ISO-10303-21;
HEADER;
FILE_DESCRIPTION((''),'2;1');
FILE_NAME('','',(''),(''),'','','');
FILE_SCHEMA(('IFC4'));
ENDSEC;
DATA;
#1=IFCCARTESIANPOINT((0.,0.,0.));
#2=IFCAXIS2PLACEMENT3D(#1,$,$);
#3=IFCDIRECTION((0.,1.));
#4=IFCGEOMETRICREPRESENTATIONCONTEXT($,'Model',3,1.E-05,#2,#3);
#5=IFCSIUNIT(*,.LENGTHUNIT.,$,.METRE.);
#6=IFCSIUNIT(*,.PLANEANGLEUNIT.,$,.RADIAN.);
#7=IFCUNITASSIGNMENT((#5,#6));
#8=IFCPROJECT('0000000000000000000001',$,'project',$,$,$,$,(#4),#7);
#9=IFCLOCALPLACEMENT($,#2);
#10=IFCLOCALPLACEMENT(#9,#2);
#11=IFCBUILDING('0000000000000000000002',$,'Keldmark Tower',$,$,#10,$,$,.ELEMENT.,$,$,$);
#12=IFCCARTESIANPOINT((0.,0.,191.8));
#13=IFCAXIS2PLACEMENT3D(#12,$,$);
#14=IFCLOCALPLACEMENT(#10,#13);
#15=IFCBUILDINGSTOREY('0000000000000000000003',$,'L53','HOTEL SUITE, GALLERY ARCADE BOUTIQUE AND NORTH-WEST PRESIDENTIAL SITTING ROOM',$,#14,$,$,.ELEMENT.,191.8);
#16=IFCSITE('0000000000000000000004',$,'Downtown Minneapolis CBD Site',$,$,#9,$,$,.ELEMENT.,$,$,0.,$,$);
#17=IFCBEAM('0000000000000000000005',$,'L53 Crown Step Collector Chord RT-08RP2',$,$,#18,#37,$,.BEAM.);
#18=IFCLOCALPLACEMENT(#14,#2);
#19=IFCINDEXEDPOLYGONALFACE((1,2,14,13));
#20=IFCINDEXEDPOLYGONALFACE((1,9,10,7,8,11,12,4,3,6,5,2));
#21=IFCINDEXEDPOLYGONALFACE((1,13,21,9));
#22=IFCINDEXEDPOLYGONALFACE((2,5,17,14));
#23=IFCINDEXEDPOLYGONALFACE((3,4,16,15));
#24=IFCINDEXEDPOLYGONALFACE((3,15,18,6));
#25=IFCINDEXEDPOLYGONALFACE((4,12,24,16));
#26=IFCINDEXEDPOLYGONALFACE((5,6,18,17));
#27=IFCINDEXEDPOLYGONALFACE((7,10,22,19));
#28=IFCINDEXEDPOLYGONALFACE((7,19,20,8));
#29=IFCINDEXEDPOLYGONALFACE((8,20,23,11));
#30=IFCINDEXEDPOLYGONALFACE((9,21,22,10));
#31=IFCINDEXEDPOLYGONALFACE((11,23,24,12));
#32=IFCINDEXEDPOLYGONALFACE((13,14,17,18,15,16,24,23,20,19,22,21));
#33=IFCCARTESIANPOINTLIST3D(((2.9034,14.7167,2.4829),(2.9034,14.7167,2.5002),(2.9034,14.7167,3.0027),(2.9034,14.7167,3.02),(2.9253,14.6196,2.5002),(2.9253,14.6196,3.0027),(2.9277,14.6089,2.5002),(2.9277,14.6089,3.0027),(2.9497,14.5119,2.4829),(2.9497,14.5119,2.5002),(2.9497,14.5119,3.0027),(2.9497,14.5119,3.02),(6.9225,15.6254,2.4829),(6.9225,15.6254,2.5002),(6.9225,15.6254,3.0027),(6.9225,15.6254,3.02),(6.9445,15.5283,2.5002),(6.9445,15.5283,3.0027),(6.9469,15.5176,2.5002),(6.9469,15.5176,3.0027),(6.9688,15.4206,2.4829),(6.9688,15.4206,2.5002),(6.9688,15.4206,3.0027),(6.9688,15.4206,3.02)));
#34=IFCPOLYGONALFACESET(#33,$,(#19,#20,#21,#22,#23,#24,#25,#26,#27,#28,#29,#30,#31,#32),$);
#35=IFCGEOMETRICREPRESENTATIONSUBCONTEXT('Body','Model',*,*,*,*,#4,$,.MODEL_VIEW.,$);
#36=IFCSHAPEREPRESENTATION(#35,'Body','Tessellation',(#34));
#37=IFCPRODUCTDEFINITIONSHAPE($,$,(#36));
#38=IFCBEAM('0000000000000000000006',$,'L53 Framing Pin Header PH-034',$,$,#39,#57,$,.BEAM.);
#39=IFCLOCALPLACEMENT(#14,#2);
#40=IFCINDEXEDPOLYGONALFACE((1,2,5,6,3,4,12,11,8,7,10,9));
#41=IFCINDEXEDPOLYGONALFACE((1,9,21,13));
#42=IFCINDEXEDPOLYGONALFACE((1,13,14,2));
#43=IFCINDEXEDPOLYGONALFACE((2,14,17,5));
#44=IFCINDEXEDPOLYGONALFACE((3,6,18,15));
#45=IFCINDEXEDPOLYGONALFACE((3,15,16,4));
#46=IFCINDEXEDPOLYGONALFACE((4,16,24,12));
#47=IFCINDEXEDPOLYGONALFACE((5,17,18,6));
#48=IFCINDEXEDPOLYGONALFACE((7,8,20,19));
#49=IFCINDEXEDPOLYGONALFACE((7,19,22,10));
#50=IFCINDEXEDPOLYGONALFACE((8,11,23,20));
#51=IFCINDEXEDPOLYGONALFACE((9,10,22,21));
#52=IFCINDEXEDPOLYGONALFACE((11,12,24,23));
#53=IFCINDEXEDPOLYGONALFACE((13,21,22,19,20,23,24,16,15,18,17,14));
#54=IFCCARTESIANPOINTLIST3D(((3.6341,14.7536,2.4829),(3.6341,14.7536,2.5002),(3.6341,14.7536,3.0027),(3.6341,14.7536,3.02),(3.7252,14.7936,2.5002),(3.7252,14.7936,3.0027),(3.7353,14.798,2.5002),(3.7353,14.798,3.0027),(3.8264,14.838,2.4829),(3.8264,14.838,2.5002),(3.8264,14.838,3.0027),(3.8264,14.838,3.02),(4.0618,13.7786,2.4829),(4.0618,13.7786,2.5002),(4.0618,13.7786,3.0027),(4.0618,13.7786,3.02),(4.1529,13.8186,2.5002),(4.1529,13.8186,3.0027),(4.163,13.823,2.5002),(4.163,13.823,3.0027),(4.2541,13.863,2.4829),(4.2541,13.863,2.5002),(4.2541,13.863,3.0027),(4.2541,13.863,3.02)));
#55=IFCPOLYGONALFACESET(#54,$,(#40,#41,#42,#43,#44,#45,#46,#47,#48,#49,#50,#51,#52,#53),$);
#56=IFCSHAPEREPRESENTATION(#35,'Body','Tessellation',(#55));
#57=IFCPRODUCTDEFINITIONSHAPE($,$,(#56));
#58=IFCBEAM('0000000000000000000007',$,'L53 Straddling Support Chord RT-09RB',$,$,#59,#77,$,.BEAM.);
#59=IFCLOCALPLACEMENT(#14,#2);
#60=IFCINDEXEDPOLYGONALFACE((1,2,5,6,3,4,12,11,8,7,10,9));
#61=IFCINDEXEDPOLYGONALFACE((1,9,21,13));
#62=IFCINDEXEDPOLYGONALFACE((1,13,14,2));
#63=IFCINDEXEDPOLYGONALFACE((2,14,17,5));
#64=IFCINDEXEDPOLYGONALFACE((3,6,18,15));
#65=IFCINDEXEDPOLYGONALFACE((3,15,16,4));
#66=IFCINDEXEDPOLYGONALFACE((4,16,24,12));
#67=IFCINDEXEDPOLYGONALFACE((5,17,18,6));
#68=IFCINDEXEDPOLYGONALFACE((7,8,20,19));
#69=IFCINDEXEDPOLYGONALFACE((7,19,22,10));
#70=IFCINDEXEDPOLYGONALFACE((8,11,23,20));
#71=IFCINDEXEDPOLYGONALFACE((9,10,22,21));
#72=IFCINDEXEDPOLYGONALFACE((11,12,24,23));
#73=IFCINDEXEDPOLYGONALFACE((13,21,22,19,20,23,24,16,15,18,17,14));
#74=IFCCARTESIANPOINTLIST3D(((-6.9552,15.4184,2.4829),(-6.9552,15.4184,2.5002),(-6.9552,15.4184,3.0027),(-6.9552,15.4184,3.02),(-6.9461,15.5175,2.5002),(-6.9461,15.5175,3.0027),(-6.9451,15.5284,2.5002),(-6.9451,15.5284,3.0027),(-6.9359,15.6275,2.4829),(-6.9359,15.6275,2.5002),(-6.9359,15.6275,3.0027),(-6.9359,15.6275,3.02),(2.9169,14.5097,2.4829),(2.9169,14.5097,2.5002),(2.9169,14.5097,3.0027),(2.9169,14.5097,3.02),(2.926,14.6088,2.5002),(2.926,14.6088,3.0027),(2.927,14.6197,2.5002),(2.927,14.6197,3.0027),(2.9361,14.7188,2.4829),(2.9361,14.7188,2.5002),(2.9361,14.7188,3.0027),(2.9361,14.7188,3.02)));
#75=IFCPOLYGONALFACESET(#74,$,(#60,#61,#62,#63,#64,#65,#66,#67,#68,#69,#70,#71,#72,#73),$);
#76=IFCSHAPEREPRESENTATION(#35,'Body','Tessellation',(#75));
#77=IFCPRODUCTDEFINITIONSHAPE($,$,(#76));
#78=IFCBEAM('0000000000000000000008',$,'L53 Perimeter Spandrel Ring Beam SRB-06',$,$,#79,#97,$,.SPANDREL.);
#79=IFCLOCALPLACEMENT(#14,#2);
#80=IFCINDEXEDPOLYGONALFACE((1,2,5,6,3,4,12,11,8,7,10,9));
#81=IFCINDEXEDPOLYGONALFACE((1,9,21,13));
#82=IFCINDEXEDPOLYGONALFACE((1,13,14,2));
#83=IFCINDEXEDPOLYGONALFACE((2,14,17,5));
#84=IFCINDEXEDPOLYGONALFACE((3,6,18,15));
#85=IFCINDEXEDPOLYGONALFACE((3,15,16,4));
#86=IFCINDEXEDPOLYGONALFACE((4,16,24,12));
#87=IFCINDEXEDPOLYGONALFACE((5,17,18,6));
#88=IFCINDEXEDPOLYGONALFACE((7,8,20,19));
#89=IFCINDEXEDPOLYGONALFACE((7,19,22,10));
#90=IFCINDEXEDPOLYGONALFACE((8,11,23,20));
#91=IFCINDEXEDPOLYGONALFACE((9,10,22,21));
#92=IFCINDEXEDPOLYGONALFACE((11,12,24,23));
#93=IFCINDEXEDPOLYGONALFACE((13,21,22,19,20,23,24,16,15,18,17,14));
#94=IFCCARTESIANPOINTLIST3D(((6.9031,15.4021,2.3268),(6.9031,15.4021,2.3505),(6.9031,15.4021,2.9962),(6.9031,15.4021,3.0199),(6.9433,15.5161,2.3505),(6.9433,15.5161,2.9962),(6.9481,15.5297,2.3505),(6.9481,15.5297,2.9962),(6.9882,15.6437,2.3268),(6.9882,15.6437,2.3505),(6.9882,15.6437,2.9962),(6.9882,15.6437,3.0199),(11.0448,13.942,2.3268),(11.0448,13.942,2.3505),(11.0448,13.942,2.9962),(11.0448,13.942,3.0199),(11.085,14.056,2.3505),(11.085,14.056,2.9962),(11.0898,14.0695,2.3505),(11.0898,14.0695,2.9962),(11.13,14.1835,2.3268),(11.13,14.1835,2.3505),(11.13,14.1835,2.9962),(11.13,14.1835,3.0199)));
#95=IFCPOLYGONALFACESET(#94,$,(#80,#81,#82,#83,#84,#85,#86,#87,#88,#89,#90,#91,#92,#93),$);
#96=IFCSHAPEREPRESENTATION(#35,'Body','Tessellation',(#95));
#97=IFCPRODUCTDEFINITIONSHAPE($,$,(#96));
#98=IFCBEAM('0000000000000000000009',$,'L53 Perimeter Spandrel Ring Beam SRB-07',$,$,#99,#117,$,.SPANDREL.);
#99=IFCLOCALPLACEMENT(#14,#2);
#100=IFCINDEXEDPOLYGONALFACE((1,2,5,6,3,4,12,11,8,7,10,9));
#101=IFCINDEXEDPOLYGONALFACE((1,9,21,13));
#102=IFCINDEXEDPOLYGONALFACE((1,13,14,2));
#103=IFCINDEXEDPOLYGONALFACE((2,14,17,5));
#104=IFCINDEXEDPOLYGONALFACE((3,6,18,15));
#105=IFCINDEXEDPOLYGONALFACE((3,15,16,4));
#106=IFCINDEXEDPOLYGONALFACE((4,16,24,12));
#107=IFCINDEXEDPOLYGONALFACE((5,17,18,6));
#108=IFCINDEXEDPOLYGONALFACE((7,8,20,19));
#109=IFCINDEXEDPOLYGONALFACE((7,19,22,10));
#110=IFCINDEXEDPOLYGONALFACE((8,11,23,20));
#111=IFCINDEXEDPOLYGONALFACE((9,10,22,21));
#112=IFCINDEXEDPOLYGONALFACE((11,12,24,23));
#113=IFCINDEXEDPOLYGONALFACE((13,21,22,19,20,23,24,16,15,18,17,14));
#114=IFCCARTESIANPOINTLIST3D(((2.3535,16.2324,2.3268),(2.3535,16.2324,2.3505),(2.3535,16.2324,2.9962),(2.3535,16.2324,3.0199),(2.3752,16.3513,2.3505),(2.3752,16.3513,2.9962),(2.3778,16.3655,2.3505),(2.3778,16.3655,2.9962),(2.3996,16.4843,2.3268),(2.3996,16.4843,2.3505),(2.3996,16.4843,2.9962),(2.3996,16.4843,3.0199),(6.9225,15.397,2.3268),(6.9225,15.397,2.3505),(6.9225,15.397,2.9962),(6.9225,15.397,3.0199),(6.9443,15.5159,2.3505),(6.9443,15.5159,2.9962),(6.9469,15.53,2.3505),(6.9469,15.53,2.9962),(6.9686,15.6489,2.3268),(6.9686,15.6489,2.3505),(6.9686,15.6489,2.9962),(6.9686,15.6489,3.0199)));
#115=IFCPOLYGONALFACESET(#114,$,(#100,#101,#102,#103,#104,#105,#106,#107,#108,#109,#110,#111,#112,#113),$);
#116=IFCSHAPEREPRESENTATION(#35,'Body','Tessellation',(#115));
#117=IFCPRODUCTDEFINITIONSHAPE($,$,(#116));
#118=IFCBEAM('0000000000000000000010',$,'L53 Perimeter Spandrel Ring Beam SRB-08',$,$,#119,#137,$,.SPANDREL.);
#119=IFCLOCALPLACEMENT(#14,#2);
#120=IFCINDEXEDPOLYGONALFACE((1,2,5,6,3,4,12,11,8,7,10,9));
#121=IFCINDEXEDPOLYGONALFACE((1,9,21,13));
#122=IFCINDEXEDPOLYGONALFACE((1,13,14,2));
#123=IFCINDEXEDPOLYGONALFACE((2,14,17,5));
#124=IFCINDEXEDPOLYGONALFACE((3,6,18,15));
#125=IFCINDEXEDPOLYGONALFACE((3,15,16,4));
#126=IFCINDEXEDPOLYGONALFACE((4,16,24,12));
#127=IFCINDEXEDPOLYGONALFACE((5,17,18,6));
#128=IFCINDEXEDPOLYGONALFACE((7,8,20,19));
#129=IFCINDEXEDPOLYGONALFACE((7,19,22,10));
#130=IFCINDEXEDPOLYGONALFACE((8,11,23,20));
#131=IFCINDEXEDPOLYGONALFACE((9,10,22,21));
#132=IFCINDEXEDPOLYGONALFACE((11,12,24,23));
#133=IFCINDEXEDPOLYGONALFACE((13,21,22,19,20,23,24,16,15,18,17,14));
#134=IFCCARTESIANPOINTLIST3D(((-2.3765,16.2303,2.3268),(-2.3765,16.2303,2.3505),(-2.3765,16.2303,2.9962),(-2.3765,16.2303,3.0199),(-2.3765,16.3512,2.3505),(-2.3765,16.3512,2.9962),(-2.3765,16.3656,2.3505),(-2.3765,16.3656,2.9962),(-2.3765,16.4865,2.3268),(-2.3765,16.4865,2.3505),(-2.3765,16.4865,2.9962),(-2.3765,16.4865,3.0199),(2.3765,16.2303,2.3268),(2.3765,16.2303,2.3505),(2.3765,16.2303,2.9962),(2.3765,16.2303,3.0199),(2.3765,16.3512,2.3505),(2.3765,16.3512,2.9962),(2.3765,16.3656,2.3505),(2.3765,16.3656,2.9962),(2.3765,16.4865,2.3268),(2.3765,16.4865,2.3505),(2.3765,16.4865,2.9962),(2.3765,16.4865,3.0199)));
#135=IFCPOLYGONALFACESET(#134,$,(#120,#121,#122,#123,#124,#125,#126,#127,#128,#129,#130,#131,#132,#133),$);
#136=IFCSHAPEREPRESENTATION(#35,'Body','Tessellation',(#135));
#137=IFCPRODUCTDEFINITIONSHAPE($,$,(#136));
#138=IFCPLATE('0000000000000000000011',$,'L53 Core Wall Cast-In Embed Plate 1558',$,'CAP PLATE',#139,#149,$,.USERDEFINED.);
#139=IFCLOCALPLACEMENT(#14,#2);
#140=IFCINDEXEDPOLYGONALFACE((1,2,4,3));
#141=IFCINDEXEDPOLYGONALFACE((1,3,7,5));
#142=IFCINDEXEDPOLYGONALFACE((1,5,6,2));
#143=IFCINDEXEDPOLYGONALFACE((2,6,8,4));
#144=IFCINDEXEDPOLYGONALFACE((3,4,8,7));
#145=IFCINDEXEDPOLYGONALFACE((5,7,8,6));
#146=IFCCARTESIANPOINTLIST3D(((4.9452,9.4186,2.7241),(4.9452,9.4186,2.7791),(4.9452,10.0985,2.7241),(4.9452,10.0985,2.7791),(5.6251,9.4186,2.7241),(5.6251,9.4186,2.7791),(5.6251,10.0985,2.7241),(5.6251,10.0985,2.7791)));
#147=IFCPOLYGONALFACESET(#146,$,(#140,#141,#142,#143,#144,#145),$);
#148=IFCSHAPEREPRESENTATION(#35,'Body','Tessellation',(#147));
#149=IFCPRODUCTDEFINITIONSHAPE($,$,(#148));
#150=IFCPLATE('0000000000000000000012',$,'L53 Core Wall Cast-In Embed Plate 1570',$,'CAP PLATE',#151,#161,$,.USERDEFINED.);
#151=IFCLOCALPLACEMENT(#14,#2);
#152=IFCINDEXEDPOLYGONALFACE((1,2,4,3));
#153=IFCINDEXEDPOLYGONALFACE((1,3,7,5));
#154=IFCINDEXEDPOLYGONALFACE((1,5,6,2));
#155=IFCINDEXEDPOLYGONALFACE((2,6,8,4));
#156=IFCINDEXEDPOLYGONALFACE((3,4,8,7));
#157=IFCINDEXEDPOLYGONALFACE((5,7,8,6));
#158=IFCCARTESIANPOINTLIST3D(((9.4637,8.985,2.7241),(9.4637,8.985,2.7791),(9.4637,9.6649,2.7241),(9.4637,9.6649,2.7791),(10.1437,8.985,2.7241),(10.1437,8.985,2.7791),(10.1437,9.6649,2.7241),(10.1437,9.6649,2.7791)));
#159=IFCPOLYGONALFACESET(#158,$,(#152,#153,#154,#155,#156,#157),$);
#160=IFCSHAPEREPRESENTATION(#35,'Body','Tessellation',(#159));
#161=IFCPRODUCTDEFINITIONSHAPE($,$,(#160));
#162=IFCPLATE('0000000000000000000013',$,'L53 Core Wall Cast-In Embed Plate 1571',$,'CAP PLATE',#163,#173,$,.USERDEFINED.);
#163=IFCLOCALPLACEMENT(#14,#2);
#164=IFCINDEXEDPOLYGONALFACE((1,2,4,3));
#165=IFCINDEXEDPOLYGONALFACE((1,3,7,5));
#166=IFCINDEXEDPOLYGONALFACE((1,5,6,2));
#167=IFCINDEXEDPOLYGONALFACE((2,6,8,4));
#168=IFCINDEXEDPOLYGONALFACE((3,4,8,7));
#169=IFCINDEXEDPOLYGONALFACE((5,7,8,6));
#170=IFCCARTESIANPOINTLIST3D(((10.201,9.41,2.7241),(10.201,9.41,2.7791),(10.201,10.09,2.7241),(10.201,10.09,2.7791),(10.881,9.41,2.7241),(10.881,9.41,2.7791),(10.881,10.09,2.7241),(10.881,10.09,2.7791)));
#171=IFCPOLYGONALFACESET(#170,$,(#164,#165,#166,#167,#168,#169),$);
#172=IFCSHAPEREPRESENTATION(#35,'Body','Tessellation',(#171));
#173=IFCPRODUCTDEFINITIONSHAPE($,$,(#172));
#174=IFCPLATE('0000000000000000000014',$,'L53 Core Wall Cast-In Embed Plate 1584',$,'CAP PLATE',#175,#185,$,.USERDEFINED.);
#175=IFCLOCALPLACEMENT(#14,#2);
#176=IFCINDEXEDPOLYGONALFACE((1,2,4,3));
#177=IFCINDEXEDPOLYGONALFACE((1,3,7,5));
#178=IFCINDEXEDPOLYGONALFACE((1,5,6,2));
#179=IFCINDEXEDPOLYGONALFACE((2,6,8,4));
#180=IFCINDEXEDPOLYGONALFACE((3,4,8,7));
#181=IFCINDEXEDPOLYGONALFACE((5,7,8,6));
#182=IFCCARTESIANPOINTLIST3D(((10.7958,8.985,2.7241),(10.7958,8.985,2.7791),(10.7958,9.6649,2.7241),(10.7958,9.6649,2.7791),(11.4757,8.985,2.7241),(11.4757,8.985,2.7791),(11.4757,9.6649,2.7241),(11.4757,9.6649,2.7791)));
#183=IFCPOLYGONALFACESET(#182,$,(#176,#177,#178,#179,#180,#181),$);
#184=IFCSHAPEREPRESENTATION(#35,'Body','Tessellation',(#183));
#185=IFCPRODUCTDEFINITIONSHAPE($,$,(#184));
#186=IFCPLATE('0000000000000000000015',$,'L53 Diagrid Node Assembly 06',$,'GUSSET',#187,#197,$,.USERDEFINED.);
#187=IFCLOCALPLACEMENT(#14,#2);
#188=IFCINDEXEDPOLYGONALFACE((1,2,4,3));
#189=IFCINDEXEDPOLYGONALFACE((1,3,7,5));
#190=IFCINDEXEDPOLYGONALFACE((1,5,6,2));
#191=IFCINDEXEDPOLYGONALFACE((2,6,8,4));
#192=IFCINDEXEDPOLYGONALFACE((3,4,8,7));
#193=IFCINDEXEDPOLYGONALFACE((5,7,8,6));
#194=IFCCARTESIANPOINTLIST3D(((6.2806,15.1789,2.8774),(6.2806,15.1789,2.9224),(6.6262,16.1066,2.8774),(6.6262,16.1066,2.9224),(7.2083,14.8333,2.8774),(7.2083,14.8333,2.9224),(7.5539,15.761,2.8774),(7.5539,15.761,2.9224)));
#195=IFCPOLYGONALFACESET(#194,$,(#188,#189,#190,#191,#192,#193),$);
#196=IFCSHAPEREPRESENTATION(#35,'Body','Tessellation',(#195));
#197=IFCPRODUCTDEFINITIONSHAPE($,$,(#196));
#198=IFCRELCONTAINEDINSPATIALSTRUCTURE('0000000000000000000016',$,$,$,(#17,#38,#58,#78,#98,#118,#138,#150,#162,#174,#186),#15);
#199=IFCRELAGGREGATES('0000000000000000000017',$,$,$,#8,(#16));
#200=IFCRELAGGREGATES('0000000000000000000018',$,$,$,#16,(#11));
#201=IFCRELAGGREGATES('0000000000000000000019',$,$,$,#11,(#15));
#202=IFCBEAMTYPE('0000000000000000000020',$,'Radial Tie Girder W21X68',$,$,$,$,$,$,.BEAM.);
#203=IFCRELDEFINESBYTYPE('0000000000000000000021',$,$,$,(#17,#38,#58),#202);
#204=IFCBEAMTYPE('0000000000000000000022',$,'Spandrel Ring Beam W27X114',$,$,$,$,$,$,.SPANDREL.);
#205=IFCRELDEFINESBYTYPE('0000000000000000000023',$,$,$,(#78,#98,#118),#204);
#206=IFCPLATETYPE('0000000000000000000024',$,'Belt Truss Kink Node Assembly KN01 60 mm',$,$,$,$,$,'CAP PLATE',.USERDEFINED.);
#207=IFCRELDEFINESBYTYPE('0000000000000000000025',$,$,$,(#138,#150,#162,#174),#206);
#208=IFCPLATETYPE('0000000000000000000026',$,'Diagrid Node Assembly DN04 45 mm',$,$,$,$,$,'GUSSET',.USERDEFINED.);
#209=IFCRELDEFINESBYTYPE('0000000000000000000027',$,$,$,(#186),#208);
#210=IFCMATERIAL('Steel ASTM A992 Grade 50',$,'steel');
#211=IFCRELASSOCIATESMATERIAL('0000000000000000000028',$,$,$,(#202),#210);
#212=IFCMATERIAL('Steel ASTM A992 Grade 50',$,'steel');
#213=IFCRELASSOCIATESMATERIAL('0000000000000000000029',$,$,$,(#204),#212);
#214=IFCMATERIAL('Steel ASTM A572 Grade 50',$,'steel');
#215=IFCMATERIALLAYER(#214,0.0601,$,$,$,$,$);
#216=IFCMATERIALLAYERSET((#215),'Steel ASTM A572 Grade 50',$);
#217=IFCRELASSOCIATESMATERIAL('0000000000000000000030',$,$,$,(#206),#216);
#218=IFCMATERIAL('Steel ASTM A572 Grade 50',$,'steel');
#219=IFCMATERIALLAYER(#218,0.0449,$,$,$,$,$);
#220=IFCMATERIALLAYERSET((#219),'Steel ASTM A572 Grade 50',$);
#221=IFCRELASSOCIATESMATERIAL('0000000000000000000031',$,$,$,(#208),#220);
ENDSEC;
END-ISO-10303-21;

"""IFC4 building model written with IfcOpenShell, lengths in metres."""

from ifc_helpers import new_model, si_unit, direction, frame, origin, origin_2d, place, context, subcontext, project, spatial, rectangle, i_section, extrude, material, layer, layer_set, material_profile, profile_set, type_object, element, save


model = new_model("IFC4")

# Units and contexts
model_context = context("Model", 3, precision=1e-05, world=origin(), true_north=direction((0.0, 1.0)))
body_context = subcontext(model_context, "Body", "Model", "MODEL_VIEW")
ifc_project = project(units=[si_unit("LENGTHUNIT", "METRE"), si_unit("PLANEANGLEUNIT", "RADIAN")], contexts=[model_context])

# Site, building, storey
site_placement = place(None, origin())
site = spatial("IfcSite", under=ifc_project, at=site_placement, Name="Downtown Minneapolis CBD Site", CompositionType="ELEMENT", RefElevation=0.0)
building_placement = place(site_placement, origin())
building = spatial("IfcBuilding", under=site, at=building_placement, Name="Keldmark Tower", CompositionType="ELEMENT")
storey_placement = place(building_placement, frame((0.0, 0.0, 191.8)))
storey = spatial("IfcBuildingStorey", under=building, at=storey_placement, Name="L53", Description="HOTEL SUITE, GALLERY ARCADE BOUTIQUE AND NORTH-WEST PRESIDENTIAL SITTING ROOM", CompositionType="ELEMENT", Elevation=191.8)

# Beams
ifc_material_1 = material(Name="Steel ASTM A992 Grade 50", Category="steel")
ifc_material_profile_1 = material_profile(ifc_material_1, i_section(OverallWidth=0.21, OverallDepth=0.5371, WebThickness=0.011, FlangeThickness=0.0173, at=origin_2d()), Name="W21X68")
ifc_profile_set_1 = profile_set([ifc_material_profile_1], Name="Steel ASTM A992 Grade 50")
beam_type_1 = type_object("IfcBeamType", Name="Radial Tie Girder W21X68", PredefinedType="BEAM", material=ifc_profile_set_1)
beam_1_placement = place(storey_placement, frame((2.9265, 14.6143, 2.7515), z_axis=(0.97538, 0.22053, 0.0), x_axis=(-0.22053, 0.97538, 0.0)))
element("IfcBeam", 1, at=beam_1_placement, inside=storey, type_object=beam_type_1, Name="L53 Crown Step Collector Chord RT-08RP2", PredefinedType="BEAM", context=body_context, shape_type="SweptSolid", body=[
    extrude(i_section(OverallWidth=0.21, OverallDepth=0.5371, WebThickness=0.011, FlangeThickness=0.0173, at=origin_2d()), origin(), (0.0, 0.0, 1.0), 4.1206),
])
beam_2_placement = place(storey_placement, frame((4.158, 13.8208, 2.7515), z_axis=(-0.401709, 0.915767, 0.0), x_axis=(-0.915767, -0.401709, 0.0)))
element("IfcBeam", 2, at=beam_2_placement, inside=storey, type_object=beam_type_1, Name="L53 Framing Pin Header PH-034", PredefinedType="BEAM", context=body_context, shape_type="SweptSolid", body=[
    extrude(i_section(OverallWidth=0.21, OverallDepth=0.5371, WebThickness=0.011, FlangeThickness=0.0173, at=origin_2d()), origin(), (0.0, 0.0, 1.0), 1.0647),
])
beam_3_placement = place(storey_placement, frame((2.9265, 14.6143, 2.7515), z_axis=(-0.99579, 0.091659, 0.0), x_axis=(-0.091659, -0.99579, 0.0)))
element("IfcBeam", 3, at=beam_3_placement, inside=storey, type_object=beam_type_1, Name="L53 Straddling Support Chord RT-09RB", PredefinedType="BEAM", context=body_context, shape_type="SweptSolid", body=[
    extrude(i_section(OverallWidth=0.21, OverallDepth=0.5371, WebThickness=0.011, FlangeThickness=0.0173, at=origin_2d()), origin(), (0.0, 0.0, 1.0), 9.9138),
])
ifc_material_2 = material(Name="Steel ASTM A992 Grade 50", Category="steel")
ifc_material_profile_2 = material_profile(ifc_material_2, i_section(OverallWidth=0.2561, OverallDepth=0.6931, WebThickness=0.0144, FlangeThickness=0.0237, at=origin_2d()), Name="W27X114")
ifc_profile_set_2 = profile_set([ifc_material_profile_2], Name="Steel ASTM A992 Grade 50")
beam_type_2 = type_object("IfcBeamType", Name="Spandrel Ring Beam W27X114", PredefinedType="SPANDREL", material=ifc_profile_set_2)
beam_4_placement = place(storey_placement, frame((11.0874, 14.0627, 2.6733), z_axis=(-0.943106, 0.332492, 0.0), x_axis=(-0.332492, -0.943106, 0.0)))
element("IfcBeam", 4, at=beam_4_placement, inside=storey, type_object=beam_type_2, Name="L53 Perimeter Spandrel Ring Beam SRB-06", PredefinedType="SPANDREL", context=body_context, shape_type="SweptSolid", body=[
    extrude(i_section(OverallWidth=0.2561, OverallDepth=0.6931, WebThickness=0.0144, FlangeThickness=0.0237, at=origin_2d()), origin(), (0.0, 0.0, 1.0), 4.3916),
])
beam_5_placement = place(storey_placement, frame((6.9456, 15.5229, 2.6733), z_axis=(-0.983691, 0.179866, 0.0), x_axis=(-0.179866, -0.983691, 0.0)))
element("IfcBeam", 5, at=beam_5_placement, inside=storey, type_object=beam_type_2, Name="L53 Perimeter Spandrel Ring Beam SRB-07", PredefinedType="SPANDREL", context=body_context, shape_type="SweptSolid", body=[
    extrude(i_section(OverallWidth=0.2561, OverallDepth=0.6931, WebThickness=0.0144, FlangeThickness=0.0237, at=origin_2d()), origin(), (0.0, 0.0, 1.0), 4.6448),
])
beam_6_placement = place(storey_placement, frame((2.3765, 16.3584, 2.6733), z_axis=(-1.0, 0.0, 0.0), x_axis=(0.0, -1.0, 0.0)))
element("IfcBeam", 6, at=beam_6_placement, inside=storey, type_object=beam_type_2, Name="L53 Perimeter Spandrel Ring Beam SRB-08", PredefinedType="SPANDREL", context=body_context, shape_type="SweptSolid", body=[
    extrude(i_section(OverallWidth=0.2561, OverallDepth=0.6931, WebThickness=0.0144, FlangeThickness=0.0237, at=origin_2d()), origin(), (0.0, 0.0, 1.0), 4.7529),
])

# Plates
ifc_material_3 = material(Name="Steel ASTM A572 Grade 50", Category="steel")
ifc_layer_1 = layer(ifc_material_3, 0.0601)
ifc_layer_set_1 = layer_set([ifc_layer_1], Name="Steel ASTM A572 Grade 50")
plate_type_1 = type_object("IfcPlateType", Name="Belt Truss Kink Node Assembly KN01 60 mm", ElementType="CAP PLATE", PredefinedType="USERDEFINED", material=ifc_layer_set_1)
for number, where, z_axis, x_axis, name in (
    (7, (5.2852, 9.7585, 2.7241), (0.0, 0.0, 1.0), (1.0, 0.0, 0.0), "L53 Core Wall Cast-In Embed Plate 1558"),
    (8, (9.8037, 9.325, 2.7241), (0.0, 0.0, 1.0), (1.0, 0.0, 0.0), "L53 Core Wall Cast-In Embed Plate 1570"),
    (9, (10.541, 9.75, 2.7241), (0.0, 0.0, 1.0), (1.0, 0.0, 0.0), "L53 Core Wall Cast-In Embed Plate 1571"),
    (10, (11.1357, 9.325, 2.7241), (0.0, 0.0, 1.0), (1.0, 0.0, 0.0), "L53 Core Wall Cast-In Embed Plate 1584"),
):
    element("IfcPlate", number, at=place(storey_placement, frame(where, z_axis=z_axis, x_axis=x_axis)), inside=storey, type_object=plate_type_1, Name=name, ObjectType="CAP PLATE", PredefinedType="USERDEFINED", context=body_context, shape_type="SweptSolid", body=[
        extrude(rectangle(XDim=0.6799, YDim=0.6799, at=origin_2d()), origin(), (0.0, 0.0, 1.0), 0.0549),
    ])
ifc_material_4 = material(Name="Steel ASTM A572 Grade 50", Category="steel")
ifc_layer_2 = layer(ifc_material_4, 0.0449)
ifc_layer_set_2 = layer_set([ifc_layer_2], Name="Steel ASTM A572 Grade 50")
plate_type_2 = type_object("IfcPlateType", Name="Diagrid Node Assembly DN04 45 mm", ElementType="GUSSET", PredefinedType="USERDEFINED", material=ifc_layer_set_2)
plate_placement = place(storey_placement, frame((6.9172, 15.47, 2.8774), z_axis=(0.0, 0.0, 1.0), x_axis=(-0.937099, 0.349063, 0.0)))
element("IfcPlate", 11, at=plate_placement, inside=storey, type_object=plate_type_2, Name="L53 Diagrid Node Assembly 06", ObjectType="GUSSET", PredefinedType="USERDEFINED", context=body_context, shape_type="SweptSolid", body=[
    extrude(rectangle(XDim=0.99, YDim=0.99, at=origin_2d()), origin(), (0.0, 0.0, 1.0), 0.0449),
])

save(model, "model.ifc")
